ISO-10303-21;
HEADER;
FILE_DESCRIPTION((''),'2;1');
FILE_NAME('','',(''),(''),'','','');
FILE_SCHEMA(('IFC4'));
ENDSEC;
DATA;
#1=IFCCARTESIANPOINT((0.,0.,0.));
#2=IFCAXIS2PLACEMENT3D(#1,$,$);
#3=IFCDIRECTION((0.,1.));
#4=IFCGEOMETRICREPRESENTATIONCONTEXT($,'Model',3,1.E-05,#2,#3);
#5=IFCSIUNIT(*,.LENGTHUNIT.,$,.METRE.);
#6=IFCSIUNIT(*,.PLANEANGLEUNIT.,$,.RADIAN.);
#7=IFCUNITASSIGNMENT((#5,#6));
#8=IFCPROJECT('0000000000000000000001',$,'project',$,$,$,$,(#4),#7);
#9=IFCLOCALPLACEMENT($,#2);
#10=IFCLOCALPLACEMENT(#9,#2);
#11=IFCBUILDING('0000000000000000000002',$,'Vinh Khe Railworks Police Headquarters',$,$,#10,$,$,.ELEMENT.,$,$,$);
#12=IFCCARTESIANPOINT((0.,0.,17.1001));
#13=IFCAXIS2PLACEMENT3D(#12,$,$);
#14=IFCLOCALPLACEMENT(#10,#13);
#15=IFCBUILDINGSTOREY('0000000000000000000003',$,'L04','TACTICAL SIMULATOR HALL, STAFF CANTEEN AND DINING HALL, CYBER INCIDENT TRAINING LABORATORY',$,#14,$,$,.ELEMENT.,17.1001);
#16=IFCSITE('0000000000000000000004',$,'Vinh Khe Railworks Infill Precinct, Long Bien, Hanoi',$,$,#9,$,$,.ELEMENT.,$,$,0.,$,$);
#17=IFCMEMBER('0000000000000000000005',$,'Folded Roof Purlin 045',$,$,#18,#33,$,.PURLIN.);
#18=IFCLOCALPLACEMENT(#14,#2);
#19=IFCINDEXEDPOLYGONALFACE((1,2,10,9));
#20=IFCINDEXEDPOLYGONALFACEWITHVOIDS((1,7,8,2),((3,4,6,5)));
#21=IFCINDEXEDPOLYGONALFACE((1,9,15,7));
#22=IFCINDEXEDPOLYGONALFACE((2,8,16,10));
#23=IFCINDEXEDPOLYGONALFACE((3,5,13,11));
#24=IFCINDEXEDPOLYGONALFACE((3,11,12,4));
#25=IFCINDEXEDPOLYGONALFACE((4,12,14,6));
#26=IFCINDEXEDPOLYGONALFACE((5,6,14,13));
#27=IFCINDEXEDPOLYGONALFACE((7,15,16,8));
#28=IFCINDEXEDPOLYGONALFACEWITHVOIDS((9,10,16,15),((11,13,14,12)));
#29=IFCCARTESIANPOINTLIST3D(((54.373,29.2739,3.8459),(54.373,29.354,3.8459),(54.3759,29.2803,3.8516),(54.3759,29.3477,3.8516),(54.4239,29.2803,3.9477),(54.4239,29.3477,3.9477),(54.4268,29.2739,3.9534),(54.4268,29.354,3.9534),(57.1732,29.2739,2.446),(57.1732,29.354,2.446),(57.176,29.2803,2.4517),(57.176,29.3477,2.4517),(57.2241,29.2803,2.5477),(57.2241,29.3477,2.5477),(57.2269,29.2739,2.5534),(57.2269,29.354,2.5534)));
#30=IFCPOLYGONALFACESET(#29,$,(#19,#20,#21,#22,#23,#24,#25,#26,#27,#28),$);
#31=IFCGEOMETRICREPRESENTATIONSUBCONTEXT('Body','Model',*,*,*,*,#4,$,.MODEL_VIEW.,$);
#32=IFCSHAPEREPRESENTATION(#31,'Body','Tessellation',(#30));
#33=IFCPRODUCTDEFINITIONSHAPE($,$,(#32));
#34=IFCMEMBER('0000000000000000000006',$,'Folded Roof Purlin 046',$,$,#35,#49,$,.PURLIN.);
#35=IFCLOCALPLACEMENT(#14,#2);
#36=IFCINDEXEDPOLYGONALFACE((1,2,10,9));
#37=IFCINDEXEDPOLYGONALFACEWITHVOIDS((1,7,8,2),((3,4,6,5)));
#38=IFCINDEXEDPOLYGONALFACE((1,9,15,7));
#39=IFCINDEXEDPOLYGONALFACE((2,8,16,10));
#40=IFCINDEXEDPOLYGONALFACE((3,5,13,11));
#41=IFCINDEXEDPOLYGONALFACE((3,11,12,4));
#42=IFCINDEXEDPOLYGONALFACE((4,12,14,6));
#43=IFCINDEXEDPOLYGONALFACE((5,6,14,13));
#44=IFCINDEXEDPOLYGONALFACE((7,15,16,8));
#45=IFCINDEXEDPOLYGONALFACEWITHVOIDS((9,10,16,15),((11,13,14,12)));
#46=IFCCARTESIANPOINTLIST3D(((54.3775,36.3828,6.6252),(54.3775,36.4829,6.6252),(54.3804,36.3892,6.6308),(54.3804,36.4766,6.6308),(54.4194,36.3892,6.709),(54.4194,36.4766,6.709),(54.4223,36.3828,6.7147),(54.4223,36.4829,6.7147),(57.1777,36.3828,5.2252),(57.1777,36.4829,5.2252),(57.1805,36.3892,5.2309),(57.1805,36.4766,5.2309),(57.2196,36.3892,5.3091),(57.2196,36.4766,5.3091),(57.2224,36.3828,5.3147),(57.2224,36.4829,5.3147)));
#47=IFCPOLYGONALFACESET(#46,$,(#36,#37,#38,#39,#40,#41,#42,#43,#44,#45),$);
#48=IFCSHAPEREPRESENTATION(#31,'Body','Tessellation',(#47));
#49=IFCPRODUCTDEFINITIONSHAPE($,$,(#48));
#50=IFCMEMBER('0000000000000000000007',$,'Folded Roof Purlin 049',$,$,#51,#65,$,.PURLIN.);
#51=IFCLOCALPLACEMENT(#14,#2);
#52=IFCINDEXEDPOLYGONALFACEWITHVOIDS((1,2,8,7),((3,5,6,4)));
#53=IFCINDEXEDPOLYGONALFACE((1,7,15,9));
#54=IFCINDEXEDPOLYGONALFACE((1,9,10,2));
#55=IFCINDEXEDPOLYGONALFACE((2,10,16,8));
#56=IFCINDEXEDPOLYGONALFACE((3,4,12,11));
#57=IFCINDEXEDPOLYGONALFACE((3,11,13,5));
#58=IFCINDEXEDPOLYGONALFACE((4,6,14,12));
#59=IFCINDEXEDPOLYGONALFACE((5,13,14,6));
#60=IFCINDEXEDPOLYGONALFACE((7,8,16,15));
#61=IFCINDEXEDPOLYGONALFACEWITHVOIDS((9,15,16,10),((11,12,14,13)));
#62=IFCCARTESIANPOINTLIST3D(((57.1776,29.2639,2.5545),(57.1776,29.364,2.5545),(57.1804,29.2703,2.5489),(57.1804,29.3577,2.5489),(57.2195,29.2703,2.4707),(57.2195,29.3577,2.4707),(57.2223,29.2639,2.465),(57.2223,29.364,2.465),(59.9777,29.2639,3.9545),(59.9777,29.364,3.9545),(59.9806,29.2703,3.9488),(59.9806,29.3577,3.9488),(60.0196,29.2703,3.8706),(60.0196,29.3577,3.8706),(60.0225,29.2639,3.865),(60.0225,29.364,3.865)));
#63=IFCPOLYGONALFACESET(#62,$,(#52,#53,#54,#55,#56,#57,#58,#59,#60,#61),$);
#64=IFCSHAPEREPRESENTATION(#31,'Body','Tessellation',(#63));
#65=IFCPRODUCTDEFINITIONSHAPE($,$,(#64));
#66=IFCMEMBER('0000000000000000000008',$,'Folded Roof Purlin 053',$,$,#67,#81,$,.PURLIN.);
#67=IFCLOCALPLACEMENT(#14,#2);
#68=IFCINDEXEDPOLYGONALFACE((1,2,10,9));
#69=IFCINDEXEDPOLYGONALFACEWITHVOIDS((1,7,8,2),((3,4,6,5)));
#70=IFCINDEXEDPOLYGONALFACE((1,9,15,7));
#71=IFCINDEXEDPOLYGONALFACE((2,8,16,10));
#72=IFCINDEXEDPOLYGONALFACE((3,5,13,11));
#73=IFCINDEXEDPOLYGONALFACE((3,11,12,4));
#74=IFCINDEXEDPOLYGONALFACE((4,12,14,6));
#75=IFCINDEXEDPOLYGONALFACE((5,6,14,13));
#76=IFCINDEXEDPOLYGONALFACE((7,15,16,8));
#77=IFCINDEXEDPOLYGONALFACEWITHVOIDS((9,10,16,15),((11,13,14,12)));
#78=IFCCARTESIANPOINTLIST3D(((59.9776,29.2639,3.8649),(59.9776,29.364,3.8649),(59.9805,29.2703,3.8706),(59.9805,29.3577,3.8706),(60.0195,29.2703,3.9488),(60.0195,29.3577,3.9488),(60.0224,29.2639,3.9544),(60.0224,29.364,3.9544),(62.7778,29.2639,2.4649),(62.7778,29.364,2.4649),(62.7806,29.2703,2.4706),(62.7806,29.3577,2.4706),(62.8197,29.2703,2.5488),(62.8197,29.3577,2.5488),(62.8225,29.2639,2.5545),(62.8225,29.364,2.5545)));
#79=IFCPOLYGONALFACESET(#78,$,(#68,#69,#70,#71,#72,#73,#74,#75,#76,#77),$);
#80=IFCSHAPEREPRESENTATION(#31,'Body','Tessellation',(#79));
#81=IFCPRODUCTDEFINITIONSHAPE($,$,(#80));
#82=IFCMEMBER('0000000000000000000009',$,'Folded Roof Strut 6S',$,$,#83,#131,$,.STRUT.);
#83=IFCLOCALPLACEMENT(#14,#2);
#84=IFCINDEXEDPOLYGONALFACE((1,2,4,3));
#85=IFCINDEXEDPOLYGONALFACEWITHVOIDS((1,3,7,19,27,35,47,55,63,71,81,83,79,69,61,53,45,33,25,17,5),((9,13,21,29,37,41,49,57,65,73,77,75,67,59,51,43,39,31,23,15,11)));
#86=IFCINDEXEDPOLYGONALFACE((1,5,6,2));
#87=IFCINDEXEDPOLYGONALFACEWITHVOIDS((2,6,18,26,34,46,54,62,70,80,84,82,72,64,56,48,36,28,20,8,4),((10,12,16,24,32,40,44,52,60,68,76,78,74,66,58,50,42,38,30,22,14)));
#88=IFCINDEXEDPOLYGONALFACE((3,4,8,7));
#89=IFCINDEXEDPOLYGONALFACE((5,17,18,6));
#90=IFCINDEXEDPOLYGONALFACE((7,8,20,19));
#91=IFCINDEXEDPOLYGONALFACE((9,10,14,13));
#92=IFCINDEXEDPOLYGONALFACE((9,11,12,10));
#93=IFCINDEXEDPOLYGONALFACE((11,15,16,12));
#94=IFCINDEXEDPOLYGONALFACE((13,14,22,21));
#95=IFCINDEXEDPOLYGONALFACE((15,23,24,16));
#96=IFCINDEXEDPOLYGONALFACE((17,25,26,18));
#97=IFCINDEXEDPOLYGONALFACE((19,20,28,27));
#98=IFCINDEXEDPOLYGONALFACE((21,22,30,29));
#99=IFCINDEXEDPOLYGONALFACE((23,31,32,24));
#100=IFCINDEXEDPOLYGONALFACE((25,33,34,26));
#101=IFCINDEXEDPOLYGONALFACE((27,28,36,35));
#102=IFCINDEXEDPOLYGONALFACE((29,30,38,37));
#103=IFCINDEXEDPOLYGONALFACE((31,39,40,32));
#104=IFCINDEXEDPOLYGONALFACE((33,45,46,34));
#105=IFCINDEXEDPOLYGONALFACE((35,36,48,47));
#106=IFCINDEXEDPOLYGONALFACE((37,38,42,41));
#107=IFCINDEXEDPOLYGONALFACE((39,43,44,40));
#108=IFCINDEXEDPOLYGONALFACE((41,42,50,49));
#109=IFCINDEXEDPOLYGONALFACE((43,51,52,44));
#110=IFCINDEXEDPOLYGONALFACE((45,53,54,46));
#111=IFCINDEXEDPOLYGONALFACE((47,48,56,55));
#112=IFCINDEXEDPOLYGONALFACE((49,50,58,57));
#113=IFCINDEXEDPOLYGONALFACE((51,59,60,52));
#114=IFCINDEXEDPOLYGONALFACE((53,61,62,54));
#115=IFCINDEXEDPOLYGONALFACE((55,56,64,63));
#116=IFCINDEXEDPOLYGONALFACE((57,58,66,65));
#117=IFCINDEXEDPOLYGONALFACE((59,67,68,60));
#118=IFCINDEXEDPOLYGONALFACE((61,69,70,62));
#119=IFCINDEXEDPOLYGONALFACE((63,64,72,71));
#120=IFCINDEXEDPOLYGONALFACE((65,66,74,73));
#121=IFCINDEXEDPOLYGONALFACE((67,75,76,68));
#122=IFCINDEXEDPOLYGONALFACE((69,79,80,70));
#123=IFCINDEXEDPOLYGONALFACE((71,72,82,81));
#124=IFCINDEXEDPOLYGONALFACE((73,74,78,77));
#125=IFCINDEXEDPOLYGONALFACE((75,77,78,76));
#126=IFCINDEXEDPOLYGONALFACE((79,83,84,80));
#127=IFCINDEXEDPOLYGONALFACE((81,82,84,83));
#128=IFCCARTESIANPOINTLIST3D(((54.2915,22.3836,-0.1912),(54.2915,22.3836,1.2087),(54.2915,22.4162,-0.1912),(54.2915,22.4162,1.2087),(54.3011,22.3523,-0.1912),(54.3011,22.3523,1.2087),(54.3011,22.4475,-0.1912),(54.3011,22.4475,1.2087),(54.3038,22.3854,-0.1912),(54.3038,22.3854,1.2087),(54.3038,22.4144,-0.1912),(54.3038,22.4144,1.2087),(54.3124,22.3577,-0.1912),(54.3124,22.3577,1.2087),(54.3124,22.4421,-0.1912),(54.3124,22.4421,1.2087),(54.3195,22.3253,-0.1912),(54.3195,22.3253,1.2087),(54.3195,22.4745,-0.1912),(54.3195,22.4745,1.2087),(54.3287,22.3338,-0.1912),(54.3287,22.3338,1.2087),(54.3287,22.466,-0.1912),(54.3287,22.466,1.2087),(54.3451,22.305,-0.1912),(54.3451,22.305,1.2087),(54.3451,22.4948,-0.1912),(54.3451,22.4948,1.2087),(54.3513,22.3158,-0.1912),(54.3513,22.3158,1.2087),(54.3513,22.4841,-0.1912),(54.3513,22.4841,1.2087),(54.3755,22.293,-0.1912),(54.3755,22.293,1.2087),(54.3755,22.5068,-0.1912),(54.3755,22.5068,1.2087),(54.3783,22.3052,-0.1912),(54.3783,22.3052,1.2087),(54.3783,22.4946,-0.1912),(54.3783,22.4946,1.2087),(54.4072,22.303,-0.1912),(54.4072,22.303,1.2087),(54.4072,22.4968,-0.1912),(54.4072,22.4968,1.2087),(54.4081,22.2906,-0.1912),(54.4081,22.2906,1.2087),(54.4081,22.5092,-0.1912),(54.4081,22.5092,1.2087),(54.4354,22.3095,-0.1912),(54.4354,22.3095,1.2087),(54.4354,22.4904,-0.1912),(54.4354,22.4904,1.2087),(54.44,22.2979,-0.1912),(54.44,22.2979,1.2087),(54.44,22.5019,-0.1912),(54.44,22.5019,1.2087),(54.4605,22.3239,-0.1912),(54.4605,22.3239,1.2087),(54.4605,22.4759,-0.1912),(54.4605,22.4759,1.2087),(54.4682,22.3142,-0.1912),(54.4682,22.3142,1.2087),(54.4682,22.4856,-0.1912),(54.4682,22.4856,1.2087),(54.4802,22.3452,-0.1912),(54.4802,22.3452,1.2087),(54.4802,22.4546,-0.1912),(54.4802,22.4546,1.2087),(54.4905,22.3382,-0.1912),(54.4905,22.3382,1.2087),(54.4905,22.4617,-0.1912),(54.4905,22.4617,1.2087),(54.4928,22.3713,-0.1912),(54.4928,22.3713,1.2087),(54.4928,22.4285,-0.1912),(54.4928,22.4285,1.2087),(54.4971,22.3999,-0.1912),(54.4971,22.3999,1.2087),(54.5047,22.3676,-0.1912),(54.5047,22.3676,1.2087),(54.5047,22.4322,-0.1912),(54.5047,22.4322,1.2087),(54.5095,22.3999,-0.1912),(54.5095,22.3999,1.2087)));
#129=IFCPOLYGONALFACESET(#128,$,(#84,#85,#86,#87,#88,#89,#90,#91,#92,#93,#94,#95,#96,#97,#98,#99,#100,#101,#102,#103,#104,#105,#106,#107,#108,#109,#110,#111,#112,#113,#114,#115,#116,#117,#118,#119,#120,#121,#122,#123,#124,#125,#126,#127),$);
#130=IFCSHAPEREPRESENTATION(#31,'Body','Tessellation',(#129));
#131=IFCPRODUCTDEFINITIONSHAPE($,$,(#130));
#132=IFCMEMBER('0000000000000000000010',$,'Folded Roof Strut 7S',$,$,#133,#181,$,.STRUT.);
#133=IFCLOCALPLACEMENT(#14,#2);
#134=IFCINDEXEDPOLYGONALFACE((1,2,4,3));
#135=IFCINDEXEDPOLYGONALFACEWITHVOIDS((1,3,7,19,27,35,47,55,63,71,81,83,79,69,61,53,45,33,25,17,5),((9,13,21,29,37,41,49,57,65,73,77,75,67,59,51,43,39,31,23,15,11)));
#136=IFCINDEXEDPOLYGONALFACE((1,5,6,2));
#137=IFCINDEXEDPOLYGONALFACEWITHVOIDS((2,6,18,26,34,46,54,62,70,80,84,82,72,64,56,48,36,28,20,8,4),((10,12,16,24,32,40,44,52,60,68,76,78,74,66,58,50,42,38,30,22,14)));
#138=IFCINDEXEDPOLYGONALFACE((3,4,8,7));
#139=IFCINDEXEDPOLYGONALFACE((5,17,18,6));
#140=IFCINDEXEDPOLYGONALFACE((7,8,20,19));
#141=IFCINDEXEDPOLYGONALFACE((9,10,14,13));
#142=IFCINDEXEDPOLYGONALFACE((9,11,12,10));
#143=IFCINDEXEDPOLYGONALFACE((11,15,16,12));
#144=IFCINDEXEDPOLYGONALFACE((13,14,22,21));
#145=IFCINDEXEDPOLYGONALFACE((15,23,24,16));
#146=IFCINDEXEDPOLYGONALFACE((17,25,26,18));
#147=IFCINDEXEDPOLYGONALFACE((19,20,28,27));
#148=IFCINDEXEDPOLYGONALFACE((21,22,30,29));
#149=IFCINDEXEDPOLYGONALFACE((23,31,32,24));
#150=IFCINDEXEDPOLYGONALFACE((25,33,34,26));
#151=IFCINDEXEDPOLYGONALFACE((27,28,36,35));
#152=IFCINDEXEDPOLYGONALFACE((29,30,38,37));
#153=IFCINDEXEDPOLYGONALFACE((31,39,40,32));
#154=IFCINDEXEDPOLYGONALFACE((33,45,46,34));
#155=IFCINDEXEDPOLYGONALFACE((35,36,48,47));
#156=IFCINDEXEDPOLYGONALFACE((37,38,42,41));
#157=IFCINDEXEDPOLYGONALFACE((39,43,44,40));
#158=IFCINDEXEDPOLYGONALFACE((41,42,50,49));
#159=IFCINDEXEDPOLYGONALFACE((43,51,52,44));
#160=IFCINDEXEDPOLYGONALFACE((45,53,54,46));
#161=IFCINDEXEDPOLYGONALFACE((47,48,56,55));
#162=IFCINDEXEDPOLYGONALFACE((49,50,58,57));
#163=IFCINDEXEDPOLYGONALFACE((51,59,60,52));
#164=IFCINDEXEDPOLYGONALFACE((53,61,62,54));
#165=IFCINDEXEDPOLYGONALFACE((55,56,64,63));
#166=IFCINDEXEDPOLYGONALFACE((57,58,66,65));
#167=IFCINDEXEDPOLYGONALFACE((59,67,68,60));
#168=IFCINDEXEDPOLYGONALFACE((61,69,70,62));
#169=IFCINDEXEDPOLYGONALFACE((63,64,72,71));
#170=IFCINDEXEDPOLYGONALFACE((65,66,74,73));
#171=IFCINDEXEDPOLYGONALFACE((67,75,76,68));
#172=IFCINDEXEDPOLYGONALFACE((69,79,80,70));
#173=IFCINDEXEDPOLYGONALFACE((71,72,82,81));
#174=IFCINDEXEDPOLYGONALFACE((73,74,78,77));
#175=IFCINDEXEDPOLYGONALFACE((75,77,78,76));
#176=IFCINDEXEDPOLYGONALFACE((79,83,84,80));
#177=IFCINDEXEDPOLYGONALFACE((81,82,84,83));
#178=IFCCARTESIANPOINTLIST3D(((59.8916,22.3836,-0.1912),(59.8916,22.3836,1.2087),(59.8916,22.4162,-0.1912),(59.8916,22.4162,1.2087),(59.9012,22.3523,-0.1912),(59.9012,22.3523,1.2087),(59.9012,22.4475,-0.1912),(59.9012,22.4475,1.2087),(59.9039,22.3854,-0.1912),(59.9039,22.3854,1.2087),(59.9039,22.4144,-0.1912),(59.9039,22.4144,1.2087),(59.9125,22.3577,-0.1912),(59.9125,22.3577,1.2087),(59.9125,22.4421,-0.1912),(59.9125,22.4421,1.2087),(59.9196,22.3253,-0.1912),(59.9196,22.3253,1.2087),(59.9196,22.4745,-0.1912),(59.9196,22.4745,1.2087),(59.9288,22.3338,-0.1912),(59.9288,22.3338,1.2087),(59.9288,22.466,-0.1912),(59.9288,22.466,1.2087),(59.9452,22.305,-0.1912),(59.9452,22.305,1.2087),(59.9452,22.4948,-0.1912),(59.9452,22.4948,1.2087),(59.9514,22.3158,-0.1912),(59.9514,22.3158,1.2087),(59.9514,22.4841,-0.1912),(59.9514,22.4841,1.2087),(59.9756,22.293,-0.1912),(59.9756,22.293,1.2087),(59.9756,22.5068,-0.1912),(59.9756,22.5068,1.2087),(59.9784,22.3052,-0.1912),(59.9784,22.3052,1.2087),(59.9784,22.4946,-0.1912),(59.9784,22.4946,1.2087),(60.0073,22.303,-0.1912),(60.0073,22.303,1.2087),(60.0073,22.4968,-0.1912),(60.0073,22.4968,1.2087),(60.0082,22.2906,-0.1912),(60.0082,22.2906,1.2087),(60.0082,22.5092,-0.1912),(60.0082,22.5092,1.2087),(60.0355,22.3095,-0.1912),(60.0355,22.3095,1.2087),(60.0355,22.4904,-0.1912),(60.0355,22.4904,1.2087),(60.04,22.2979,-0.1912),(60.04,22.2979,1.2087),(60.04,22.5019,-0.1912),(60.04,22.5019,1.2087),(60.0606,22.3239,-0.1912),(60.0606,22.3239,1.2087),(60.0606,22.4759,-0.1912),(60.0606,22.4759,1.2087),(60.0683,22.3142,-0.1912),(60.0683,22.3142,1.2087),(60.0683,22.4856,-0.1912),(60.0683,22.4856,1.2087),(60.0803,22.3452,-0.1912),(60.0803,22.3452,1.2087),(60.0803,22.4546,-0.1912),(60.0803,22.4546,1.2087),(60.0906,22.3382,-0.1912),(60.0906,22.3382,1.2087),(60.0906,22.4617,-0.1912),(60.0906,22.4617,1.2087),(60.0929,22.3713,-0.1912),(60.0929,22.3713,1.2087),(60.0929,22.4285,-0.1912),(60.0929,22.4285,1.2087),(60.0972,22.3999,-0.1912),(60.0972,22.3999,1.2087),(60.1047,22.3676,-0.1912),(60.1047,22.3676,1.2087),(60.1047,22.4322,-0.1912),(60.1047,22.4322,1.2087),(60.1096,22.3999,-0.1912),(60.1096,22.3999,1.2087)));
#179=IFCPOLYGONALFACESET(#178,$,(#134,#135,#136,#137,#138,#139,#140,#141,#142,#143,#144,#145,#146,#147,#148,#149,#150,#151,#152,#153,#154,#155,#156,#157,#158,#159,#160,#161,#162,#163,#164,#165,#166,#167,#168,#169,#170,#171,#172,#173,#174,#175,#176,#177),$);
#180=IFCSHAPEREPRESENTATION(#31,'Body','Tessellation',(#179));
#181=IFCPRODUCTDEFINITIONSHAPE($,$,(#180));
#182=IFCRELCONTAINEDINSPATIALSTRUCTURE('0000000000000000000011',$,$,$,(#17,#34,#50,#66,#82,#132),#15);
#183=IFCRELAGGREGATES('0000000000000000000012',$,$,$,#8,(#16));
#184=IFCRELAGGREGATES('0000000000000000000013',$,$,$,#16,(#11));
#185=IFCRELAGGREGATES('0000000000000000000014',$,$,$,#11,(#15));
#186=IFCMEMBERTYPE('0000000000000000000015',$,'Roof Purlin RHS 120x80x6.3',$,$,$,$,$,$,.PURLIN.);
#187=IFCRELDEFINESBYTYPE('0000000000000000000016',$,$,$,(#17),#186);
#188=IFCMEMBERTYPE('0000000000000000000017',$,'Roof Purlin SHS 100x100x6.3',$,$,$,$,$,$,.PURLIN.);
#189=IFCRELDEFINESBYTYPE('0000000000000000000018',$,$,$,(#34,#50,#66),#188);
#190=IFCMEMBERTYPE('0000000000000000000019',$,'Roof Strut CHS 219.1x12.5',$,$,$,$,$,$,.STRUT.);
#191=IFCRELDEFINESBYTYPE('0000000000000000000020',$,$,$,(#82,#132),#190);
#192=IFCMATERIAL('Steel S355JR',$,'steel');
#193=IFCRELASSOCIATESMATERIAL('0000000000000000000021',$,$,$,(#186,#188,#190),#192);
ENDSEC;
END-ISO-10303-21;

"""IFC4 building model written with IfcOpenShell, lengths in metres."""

from ifc_helpers import new_model, si_unit, direction, frame, origin, origin_2d, place, context, subcontext, project, spatial, hollow_rectangle, hollow_circle, extrude, material, material_profile, profile_set, type_object, element, save


model = new_model("IFC4")

# Units and contexts
model_context = context("Model", 3, precision=1e-05, world=origin(), true_north=direction((0.0, 1.0)))
body_context = subcontext(model_context, "Body", "Model", "MODEL_VIEW")
ifc_project = project(units=[si_unit("LENGTHUNIT", "METRE"), si_unit("PLANEANGLEUNIT", "RADIAN")], contexts=[model_context])

# Site, building, storey
site_placement = place(None, origin())
site = spatial("IfcSite", under=ifc_project, at=site_placement, Name="Vinh Khe Railworks Infill Precinct, Long Bien, Hanoi", CompositionType="ELEMENT", RefElevation=0.0)
building_placement = place(site_placement, origin())
building = spatial("IfcBuilding", under=site, at=building_placement, Name="Vinh Khe Railworks Police Headquarters", CompositionType="ELEMENT")
storey_placement = place(building_placement, frame((0.0, 0.0, 17.1001)))
storey = spatial("IfcBuildingStorey", under=building, at=storey_placement, Name="L04", Description="TACTICAL SIMULATOR HALL, STAFF CANTEEN AND DINING HALL, CYBER INCIDENT TRAINING LABORATORY", CompositionType="ELEMENT", Elevation=17.1001)

# Members
ifc_material_1 = material(Name="Steel S355JR", Category="steel")
ifc_material_profile_1 = material_profile(ifc_material_1, hollow_rectangle(XDim=0.0801, YDim=0.1201, WallThickness=0.0063, at=origin_2d()), Name="RHS 120x80x6.3")
ifc_profile_set_1 = profile_set([ifc_material_profile_1], Name="Steel S355JR")
member_type_1 = type_object("IfcMemberType", Name="Roof Purlin RHS 120x80x6.3", PredefinedType="PURLIN", material=ifc_profile_set_1)
member_placement = place(storey_placement, frame((54.3999, 29.314, 3.8997), z_axis=(0.894443, 0.0, -0.447182), x_axis=(0.0, 1.0, 0.0)))
element("IfcMember", 1, at=member_placement, inside=storey, type_object=member_type_1, Name="Folded Roof Purlin 045", PredefinedType="PURLIN", context=body_context, shape_type="SweptSolid", body=[
    extrude(hollow_rectangle(XDim=0.0801, YDim=0.1201, WallThickness=0.0063, at=origin_2d()), origin(), (0.0, 0.0, 1.0), 3.1306),
])
ifc_material_profile_2 = material_profile(ifc_material_1, hollow_rectangle(XDim=0.1001, YDim=0.1001, WallThickness=0.0063, at=origin_2d()), Name="SHS 100x100x6.3")
ifc_profile_set_2 = profile_set([ifc_material_profile_2], Name="Steel S355JR")
member_type_2 = type_object("IfcMemberType", Name="Roof Purlin SHS 100x100x6.3", PredefinedType="PURLIN", material=ifc_profile_set_2)
for number, where, z_axis, x_axis, name in (
    (2, (54.3999, 36.4329, 6.6699), (0.894443, 0.0, -0.447182), (0.0, 1.0, 0.0), "Folded Roof Purlin 046"),
    (3, (57.2, 29.314, 2.5098), (0.894443, 0.0, 0.447182), (0.0, 1.0, 0.0), "Folded Roof Purlin 049"),
    (4, (60.0, 29.314, 3.9097), (0.894443, 0.0, -0.447182), (0.0, 1.0, 0.0), "Folded Roof Purlin 053"),
):
    element("IfcMember", number, at=place(storey_placement, frame(where, z_axis=z_axis, x_axis=x_axis)), inside=storey, type_object=member_type_2, Name=name, PredefinedType="PURLIN", context=body_context, shape_type="SweptSolid", body=[
        extrude(hollow_rectangle(XDim=0.1001, YDim=0.1001, WallThickness=0.0063, at=origin_2d()), origin(), (0.0, 0.0, 1.0), 3.1306),
    ])
ifc_material_profile_3 = material_profile(ifc_material_1, hollow_circle(Radius=0.1096, WallThickness=0.0125, at=origin_2d()), Name="CHS 219.1x12.5")
ifc_profile_set_3 = profile_set([ifc_material_profile_3], Name="Steel S355JR")
member_type_3 = type_object("IfcMemberType", Name="Roof Strut CHS 219.1x12.5", PredefinedType="STRUT", material=ifc_profile_set_3)
for number, where, z_axis, x_axis, name in (
    (5, (54.3999, 22.3999, -0.1912), (0.0, 0.0, 1.0), (1.0, 0.0, 0.0), "Folded Roof Strut 6S"),
    (6, (60.0, 22.3999, -0.1912), (0.0, 0.0, 1.0), (1.0, 0.0, 0.0), "Folded Roof Strut 7S"),
):
    element("IfcMember", number, at=place(storey_placement, frame(where, z_axis=z_axis, x_axis=x_axis)), inside=storey, type_object=member_type_3, Name=name, PredefinedType="STRUT", context=body_context, shape_type="SweptSolid", body=[
        extrude(hollow_circle(Radius=0.1096, WallThickness=0.0125, at=origin_2d()), origin(), (0.0, 0.0, 1.0), 1.3999),
    ])

save(model, "model.ifc")
